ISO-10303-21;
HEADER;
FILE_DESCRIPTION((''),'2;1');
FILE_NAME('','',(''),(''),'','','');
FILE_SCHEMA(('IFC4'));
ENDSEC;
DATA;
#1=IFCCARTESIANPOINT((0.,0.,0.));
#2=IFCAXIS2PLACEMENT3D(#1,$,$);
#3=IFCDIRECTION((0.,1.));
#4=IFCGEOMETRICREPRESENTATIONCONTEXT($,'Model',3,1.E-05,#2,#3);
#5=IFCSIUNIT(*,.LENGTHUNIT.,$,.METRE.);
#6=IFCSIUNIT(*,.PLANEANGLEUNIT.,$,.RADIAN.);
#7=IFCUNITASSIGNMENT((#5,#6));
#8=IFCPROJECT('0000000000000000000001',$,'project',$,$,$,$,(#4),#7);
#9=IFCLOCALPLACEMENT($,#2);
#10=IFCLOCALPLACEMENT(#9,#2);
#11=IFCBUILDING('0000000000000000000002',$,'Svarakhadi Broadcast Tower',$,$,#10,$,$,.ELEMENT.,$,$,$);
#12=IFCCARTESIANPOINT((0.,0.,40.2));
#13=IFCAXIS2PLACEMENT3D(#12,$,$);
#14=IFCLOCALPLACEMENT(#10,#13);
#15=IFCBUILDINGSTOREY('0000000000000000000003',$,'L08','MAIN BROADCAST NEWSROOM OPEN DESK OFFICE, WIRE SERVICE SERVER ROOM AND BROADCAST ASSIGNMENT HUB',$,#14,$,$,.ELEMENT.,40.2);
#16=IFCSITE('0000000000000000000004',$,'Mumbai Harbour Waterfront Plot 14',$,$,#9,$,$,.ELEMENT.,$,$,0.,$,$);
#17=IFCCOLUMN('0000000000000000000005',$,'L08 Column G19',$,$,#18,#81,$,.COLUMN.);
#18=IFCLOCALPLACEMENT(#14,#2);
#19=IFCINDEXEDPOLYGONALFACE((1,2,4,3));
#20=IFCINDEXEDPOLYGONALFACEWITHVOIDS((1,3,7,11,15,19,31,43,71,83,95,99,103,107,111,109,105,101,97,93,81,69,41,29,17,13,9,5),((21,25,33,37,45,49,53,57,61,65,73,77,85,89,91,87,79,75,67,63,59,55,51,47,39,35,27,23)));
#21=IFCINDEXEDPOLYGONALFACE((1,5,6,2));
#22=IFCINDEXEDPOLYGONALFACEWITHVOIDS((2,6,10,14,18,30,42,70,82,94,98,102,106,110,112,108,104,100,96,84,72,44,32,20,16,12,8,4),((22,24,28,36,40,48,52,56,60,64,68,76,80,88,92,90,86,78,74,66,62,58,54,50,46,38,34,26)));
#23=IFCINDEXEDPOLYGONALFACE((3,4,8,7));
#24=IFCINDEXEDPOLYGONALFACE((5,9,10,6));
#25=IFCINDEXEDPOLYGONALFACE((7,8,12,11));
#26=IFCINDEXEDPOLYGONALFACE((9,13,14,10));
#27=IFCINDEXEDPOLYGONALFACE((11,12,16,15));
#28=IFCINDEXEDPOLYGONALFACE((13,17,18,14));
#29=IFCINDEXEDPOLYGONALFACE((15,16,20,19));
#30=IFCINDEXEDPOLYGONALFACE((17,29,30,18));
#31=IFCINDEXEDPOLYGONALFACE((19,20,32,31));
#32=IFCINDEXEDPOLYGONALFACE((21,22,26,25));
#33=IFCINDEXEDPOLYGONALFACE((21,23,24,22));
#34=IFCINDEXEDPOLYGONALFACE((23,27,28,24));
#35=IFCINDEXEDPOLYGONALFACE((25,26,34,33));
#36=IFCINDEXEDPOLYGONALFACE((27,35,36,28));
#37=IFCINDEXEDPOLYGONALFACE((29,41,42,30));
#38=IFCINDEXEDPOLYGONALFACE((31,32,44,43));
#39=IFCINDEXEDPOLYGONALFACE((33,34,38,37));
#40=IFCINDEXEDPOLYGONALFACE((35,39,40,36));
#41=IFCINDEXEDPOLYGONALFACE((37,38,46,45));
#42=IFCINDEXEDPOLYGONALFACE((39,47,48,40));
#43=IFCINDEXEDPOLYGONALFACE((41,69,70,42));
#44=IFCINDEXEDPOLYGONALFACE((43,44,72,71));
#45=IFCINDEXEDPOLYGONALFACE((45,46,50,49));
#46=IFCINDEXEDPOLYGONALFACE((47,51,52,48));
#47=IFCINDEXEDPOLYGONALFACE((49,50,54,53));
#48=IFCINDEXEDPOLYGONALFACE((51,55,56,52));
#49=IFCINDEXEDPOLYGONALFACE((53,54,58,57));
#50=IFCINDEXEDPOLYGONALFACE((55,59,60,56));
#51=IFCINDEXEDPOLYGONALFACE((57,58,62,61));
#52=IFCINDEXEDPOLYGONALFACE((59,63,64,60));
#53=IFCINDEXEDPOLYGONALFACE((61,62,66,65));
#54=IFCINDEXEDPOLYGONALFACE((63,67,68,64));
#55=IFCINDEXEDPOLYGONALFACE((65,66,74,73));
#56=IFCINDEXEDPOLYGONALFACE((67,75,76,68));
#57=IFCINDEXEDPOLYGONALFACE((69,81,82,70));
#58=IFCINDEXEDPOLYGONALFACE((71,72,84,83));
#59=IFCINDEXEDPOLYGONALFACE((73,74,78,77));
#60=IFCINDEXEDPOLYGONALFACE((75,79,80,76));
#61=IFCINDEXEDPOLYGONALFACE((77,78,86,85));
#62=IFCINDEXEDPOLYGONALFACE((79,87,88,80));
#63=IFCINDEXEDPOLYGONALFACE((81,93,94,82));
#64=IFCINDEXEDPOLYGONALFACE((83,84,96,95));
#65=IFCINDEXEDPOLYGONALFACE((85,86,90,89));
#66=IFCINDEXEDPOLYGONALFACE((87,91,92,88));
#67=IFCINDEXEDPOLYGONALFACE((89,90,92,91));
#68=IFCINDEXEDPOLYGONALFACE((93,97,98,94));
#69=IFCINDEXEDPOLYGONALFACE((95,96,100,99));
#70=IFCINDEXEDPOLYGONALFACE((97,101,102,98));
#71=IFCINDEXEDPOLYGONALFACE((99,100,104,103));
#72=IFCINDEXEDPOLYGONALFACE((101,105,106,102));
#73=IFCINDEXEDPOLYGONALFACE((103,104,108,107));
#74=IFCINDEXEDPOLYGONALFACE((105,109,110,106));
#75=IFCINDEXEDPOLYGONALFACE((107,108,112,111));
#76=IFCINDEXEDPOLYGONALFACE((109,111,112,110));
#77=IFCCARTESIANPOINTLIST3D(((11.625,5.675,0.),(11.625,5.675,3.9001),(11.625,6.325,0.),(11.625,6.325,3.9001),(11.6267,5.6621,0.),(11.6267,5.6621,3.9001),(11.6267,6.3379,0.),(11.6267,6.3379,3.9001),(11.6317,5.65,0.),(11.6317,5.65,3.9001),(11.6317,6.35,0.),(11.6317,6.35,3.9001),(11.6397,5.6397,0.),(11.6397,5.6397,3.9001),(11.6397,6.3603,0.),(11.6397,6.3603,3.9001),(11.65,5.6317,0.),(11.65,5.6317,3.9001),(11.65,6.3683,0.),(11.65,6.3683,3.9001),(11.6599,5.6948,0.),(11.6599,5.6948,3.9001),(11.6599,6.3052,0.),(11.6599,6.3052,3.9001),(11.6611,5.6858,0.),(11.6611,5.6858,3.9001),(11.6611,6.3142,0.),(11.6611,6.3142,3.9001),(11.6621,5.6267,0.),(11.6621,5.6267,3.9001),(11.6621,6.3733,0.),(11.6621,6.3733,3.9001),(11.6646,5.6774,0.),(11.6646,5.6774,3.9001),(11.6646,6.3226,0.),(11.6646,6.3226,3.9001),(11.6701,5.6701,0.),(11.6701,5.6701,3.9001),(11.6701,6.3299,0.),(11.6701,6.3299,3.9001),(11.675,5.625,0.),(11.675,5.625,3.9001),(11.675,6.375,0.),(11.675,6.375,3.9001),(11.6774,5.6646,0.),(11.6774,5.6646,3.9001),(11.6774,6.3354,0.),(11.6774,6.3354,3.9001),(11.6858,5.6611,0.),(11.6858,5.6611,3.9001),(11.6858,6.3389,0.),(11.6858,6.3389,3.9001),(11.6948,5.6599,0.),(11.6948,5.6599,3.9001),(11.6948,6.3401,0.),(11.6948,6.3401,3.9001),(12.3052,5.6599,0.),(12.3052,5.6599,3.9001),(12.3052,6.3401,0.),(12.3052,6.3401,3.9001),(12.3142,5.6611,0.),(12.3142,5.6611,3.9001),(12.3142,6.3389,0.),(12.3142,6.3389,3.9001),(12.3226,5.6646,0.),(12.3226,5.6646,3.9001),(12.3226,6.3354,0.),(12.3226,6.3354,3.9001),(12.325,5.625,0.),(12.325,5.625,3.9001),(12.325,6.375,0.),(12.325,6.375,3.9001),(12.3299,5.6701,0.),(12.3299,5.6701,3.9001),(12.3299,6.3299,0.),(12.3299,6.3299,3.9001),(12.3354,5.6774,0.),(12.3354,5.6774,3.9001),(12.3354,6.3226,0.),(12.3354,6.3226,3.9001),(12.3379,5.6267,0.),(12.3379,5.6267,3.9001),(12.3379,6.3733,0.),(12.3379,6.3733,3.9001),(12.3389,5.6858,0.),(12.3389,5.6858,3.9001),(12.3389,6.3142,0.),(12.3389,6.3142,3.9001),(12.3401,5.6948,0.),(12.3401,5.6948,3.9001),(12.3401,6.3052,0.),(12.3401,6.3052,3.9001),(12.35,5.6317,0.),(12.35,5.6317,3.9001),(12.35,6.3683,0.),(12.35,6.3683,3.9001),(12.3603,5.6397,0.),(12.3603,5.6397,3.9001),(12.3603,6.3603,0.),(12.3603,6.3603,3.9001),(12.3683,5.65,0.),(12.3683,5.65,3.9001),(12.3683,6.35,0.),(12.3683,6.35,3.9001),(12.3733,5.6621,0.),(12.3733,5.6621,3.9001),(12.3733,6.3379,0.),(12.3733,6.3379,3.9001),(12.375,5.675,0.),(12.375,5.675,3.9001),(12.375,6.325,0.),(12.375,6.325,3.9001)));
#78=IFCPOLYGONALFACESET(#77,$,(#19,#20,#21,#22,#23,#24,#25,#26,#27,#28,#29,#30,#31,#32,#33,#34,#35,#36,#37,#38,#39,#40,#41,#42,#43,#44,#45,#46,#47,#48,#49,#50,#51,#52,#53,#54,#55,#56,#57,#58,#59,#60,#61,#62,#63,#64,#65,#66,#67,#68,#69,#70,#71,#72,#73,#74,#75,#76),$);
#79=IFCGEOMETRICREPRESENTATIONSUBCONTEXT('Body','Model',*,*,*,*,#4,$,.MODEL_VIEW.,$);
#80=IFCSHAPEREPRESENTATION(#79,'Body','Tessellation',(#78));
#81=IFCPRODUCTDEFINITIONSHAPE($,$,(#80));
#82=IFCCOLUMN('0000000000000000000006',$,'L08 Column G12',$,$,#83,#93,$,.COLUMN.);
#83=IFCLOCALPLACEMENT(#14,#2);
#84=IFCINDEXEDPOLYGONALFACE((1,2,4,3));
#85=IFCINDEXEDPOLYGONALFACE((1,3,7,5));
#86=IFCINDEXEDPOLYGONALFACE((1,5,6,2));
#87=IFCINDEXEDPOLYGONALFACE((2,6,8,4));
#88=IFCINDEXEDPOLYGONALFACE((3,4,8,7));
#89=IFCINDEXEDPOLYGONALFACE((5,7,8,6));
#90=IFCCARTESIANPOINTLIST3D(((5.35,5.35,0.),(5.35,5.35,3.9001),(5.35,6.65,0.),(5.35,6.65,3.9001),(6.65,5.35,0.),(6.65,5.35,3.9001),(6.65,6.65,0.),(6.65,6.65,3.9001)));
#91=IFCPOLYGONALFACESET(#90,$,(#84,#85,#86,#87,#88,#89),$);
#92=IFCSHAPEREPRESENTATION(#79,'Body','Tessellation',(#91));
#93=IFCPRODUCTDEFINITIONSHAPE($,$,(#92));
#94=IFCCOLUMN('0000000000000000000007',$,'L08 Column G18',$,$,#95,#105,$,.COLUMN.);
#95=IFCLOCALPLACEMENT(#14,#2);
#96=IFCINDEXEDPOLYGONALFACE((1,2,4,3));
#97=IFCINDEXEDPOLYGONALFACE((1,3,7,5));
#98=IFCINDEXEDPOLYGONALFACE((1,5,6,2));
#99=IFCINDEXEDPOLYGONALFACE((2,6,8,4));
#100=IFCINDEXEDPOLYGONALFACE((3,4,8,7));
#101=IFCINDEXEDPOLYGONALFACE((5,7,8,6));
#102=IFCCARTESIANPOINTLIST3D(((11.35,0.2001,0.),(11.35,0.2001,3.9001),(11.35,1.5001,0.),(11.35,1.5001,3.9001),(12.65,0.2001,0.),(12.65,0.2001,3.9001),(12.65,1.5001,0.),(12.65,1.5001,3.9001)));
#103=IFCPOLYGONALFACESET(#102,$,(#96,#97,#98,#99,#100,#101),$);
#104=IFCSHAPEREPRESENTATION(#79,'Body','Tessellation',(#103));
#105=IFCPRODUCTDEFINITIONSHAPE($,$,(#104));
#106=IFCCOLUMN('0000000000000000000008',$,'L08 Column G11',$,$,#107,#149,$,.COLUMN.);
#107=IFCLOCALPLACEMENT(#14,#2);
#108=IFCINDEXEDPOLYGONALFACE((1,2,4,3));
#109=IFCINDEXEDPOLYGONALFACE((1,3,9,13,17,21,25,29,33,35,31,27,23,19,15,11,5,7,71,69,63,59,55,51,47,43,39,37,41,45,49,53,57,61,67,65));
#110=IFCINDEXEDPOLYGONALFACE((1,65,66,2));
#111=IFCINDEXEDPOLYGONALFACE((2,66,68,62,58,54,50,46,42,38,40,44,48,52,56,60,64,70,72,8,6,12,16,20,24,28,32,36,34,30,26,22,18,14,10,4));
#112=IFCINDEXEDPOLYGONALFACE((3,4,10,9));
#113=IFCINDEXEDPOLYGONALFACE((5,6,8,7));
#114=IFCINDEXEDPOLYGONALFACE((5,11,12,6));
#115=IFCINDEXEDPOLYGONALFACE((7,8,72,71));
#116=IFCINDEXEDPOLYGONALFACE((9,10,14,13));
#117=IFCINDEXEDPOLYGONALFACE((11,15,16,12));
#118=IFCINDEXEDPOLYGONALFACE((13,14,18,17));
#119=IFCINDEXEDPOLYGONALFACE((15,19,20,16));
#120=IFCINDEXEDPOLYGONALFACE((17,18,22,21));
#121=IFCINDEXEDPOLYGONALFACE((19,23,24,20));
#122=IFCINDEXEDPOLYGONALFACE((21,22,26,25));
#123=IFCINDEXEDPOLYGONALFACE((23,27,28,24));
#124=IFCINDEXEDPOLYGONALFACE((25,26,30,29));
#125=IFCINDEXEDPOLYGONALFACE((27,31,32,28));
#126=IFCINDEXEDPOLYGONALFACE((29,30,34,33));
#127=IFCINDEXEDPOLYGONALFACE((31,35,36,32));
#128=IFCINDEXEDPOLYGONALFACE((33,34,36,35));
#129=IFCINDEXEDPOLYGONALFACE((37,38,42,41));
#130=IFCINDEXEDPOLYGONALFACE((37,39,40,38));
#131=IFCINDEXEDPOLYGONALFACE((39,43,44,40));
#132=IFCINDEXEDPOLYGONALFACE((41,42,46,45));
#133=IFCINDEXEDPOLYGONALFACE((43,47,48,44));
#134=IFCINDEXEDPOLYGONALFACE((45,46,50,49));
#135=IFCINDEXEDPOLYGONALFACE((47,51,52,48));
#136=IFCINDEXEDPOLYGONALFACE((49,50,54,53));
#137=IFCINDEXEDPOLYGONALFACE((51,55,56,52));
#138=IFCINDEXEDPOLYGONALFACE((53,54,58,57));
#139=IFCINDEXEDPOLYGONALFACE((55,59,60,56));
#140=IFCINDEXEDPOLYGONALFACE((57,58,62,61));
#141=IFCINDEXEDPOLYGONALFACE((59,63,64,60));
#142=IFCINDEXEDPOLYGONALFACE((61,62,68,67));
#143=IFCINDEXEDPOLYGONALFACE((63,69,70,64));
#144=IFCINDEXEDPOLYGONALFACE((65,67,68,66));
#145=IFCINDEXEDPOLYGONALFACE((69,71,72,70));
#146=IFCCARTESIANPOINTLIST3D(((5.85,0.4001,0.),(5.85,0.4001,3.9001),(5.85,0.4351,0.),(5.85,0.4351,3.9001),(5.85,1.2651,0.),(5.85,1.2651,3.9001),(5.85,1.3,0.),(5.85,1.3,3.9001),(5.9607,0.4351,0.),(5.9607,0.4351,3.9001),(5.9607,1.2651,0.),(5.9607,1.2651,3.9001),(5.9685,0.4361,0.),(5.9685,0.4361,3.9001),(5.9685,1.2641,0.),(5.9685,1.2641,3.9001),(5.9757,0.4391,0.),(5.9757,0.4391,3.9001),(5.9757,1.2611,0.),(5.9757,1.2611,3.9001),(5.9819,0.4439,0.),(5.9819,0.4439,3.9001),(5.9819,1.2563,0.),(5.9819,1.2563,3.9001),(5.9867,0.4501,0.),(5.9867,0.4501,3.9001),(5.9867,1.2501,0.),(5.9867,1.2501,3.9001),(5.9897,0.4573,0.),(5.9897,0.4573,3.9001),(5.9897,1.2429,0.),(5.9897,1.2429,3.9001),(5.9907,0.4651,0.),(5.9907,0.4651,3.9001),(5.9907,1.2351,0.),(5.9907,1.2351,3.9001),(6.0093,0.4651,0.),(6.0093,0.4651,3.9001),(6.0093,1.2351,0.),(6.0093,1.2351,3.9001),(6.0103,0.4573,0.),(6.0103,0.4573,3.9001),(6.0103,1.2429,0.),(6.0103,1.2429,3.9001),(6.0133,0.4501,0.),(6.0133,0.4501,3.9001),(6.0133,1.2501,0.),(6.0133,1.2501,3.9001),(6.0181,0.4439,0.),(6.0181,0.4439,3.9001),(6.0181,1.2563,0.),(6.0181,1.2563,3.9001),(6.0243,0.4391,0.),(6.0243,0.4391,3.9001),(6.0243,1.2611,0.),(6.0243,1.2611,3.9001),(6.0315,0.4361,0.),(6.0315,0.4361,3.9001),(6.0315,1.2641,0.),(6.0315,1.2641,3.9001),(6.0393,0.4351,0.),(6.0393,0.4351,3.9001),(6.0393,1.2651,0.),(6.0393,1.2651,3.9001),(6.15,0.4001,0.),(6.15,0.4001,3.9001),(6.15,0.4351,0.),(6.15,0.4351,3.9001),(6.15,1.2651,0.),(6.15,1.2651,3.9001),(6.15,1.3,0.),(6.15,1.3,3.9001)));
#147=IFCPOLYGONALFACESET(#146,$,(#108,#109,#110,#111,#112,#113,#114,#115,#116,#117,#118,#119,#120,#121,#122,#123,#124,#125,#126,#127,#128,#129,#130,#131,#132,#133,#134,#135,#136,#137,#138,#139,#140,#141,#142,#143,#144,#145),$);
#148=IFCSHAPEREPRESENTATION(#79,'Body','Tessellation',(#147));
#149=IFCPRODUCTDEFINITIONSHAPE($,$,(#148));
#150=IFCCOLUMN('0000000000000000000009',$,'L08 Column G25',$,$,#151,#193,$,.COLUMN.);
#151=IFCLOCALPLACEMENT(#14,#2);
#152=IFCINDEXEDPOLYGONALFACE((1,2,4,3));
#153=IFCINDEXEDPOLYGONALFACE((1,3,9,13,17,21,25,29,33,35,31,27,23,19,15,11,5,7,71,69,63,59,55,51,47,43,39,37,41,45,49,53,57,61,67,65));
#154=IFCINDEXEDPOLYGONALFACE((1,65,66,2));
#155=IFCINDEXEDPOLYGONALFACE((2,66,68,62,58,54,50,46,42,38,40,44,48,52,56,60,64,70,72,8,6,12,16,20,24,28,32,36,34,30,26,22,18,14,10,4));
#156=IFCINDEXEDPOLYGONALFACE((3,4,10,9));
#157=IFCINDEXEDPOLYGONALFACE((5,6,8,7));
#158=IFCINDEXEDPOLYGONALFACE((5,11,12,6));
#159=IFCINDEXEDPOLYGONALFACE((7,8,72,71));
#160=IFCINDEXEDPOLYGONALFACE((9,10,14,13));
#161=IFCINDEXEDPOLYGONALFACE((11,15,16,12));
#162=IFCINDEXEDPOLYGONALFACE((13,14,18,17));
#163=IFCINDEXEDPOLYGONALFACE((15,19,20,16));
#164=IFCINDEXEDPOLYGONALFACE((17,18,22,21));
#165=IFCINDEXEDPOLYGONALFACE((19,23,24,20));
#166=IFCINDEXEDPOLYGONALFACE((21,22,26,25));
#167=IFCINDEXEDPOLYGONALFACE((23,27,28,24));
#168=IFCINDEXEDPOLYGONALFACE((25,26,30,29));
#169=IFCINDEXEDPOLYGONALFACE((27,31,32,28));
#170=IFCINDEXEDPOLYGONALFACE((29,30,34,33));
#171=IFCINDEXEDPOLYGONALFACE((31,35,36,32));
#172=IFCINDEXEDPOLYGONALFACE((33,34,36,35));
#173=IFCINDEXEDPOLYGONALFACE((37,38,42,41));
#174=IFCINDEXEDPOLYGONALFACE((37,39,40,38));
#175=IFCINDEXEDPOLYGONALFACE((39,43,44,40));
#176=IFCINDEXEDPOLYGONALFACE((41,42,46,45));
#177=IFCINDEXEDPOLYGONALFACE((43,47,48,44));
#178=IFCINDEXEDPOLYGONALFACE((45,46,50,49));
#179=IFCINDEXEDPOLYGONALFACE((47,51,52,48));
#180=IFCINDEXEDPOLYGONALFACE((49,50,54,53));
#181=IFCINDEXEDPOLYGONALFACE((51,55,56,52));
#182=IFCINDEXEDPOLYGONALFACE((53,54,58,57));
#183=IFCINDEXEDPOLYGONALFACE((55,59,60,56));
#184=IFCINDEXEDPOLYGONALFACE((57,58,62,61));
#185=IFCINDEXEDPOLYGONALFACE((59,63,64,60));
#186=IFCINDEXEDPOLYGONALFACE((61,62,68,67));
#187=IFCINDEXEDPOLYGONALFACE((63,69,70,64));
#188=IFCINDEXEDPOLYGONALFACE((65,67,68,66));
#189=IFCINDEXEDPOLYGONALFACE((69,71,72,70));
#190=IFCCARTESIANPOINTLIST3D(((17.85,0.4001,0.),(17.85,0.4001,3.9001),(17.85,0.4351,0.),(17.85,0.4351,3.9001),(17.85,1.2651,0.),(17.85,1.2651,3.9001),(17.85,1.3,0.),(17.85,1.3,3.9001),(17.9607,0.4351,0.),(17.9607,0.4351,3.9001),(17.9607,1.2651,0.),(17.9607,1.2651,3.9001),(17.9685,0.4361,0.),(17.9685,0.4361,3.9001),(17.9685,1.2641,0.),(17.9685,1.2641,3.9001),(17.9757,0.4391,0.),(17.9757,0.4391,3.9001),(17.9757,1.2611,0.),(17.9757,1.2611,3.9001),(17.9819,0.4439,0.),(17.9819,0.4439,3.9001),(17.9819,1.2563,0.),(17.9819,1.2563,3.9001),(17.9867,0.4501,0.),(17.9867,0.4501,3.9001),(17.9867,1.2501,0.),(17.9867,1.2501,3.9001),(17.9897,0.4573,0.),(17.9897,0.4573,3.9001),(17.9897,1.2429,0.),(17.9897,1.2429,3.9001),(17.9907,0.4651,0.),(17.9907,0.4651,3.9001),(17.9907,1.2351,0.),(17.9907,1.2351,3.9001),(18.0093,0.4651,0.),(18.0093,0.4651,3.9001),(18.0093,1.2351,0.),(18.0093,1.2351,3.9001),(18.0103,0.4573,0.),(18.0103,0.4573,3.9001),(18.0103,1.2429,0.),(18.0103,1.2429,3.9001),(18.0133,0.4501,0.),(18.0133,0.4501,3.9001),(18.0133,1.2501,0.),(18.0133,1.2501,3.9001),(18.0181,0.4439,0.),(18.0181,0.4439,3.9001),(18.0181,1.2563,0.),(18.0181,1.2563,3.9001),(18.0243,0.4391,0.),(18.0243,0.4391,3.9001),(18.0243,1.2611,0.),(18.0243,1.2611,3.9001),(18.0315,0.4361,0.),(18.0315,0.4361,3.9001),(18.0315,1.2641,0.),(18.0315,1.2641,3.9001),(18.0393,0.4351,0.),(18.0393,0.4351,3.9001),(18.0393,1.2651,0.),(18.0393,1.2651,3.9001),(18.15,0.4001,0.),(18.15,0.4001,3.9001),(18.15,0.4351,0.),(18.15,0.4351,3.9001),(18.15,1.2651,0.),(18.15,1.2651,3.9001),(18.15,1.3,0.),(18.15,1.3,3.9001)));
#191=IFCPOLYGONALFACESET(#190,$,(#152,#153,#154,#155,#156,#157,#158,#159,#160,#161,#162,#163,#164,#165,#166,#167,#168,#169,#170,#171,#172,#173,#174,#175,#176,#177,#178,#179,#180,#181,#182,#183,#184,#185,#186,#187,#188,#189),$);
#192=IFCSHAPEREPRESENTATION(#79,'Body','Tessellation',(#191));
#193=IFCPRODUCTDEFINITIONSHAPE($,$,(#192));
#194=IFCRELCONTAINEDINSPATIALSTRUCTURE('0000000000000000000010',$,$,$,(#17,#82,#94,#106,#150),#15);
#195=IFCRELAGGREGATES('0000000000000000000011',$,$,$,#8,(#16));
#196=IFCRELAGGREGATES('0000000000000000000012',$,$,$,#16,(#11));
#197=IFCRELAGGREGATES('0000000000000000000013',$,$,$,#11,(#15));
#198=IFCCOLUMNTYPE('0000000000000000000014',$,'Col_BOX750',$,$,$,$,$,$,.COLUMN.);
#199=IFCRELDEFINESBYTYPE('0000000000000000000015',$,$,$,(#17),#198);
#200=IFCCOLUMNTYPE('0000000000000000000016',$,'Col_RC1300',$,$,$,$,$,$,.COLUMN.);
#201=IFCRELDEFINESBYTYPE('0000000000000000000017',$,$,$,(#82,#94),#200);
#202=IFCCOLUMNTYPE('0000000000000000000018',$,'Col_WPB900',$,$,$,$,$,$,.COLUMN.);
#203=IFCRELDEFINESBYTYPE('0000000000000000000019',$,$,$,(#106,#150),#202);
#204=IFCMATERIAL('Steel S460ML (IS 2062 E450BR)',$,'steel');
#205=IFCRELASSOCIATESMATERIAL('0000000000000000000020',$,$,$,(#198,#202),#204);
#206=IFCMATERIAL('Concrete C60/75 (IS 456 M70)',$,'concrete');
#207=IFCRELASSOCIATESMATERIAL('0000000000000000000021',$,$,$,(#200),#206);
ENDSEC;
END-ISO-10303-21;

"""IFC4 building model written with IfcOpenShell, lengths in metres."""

from ifc_helpers import new_model, si_unit, direction, frame, origin, origin_2d, place, context, subcontext, project, spatial, rectangle, hollow_rectangle, i_section, extrude, material, material_profile, profile_set, type_object, element, save


model = new_model("IFC4")

# Units and contexts
model_context = context("Model", 3, precision=1e-05, world=origin(), true_north=direction((0.0, 1.0)))
body_context = subcontext(model_context, "Body", "Model", "MODEL_VIEW")
ifc_project = project(units=[si_unit("LENGTHUNIT", "METRE"), si_unit("PLANEANGLEUNIT", "RADIAN")], contexts=[model_context])

# Site, building, storey
site_placement = place(None, origin())
site = spatial("IfcSite", under=ifc_project, at=site_placement, Name="Mumbai Harbour Waterfront Plot 14", CompositionType="ELEMENT", RefElevation=0.0)
building_placement = place(site_placement, origin())
building = spatial("IfcBuilding", under=site, at=building_placement, Name="Svarakhadi Broadcast Tower", CompositionType="ELEMENT")
storey_placement = place(building_placement, frame((0.0, 0.0, 40.2)))
storey = spatial("IfcBuildingStorey", under=building, at=storey_placement, Name="L08", Description="MAIN BROADCAST NEWSROOM OPEN DESK OFFICE, WIRE SERVICE SERVER ROOM AND BROADCAST ASSIGNMENT HUB", CompositionType="ELEMENT", Elevation=40.2)

# Columns
ifc_material_1 = material(Name="Steel S460ML (IS 2062 E450BR)", Category="steel")
ifc_material_profile_1 = material_profile(ifc_material_1, hollow_rectangle(XDim=0.75, YDim=0.75, WallThickness=0.0349, InnerFilletRadius=0.0349, OuterFilletRadius=0.05, at=origin_2d()), Name="BOX 750x750x35")
ifc_profile_set_1 = profile_set([ifc_material_profile_1], Name="Steel S460ML (IS 2062 E450BR)")
column_type_1 = type_object("IfcColumnType", Name="Col_BOX750", PredefinedType="COLUMN", material=ifc_profile_set_1)
column_placement = place(storey_placement, frame((12.0, 6.0, 0.0), z_axis=(0.0, 0.0, 1.0), x_axis=(1.0, 0.0, 0.0)))
element("IfcColumn", 1, at=column_placement, inside=storey, type_object=column_type_1, Name="L08 Column G19", PredefinedType="COLUMN", context=body_context, shape_type="SweptSolid", body=[
    extrude(hollow_rectangle(XDim=0.75, YDim=0.75, WallThickness=0.0349, InnerFilletRadius=0.0349, OuterFilletRadius=0.05, at=origin_2d()), origin(), (0.0, 0.0, 1.0), 3.9001),
])
ifc_material_2 = material(Name="Concrete C60/75 (IS 456 M70)", Category="concrete")
ifc_material_profile_2 = material_profile(ifc_material_2, rectangle(XDim=1.3, YDim=1.3, at=origin_2d()), Name="RC 1300x1300")
ifc_profile_set_2 = profile_set([ifc_material_profile_2], Name="Concrete C60/75 (IS 456 M70)")
column_type_2 = type_object("IfcColumnType", Name="Col_RC1300", PredefinedType="COLUMN", material=ifc_profile_set_2)
for number, where, z_axis, x_axis, name in (
    (2, (6.0, 6.0, 0.0), (0.0, 0.0, 1.0), (1.0, 0.0, 0.0), "L08 Column G12"),
    (3, (12.0, 0.8501, 0.0), (0.0, 0.0, 1.0), (1.0, 0.0, 0.0), "L08 Column G18"),
):
    element("IfcColumn", number, at=place(storey_placement, frame(where, z_axis=z_axis, x_axis=x_axis)), inside=storey, type_object=column_type_2, Name=name, PredefinedType="COLUMN", context=body_context, shape_type="SweptSolid", body=[
        extrude(rectangle(XDim=1.3, YDim=1.3, at=origin_2d()), origin(), (0.0, 0.0, 1.0), 3.9001),
    ])
ifc_material_profile_3 = material_profile(ifc_material_1, i_section(OverallWidth=0.3, OverallDepth=0.8999, WebThickness=0.0186, FlangeThickness=0.0349, FilletRadius=0.03, at=origin_2d()), Name="WPB 900x300x291")
ifc_profile_set_3 = profile_set([ifc_material_profile_3], Name="Steel S460ML (IS 2062 E450BR)")
column_type_3 = type_object("IfcColumnType", Name="Col_WPB900", PredefinedType="COLUMN", material=ifc_profile_set_3)
for number, where, z_axis, x_axis, name in (
    (4, (6.0, 0.8501, 0.0), (0.0, 0.0, 1.0), (1.0, 0.0, 0.0), "L08 Column G11"),
    (5, (18.0, 0.8501, 0.0), (0.0, 0.0, 1.0), (1.0, 0.0, 0.0), "L08 Column G25"),
):
    element("IfcColumn", number, at=place(storey_placement, frame(where, z_axis=z_axis, x_axis=x_axis)), inside=storey, type_object=column_type_3, Name=name, PredefinedType="COLUMN", context=body_context, shape_type="SweptSolid", body=[
        extrude(i_section(OverallWidth=0.3, OverallDepth=0.8999, WebThickness=0.0186, FlangeThickness=0.0349, FilletRadius=0.03, at=origin_2d()), origin(), (0.0, 0.0, 1.0), 3.9001),
    ])

save(model, "model.ifc")
